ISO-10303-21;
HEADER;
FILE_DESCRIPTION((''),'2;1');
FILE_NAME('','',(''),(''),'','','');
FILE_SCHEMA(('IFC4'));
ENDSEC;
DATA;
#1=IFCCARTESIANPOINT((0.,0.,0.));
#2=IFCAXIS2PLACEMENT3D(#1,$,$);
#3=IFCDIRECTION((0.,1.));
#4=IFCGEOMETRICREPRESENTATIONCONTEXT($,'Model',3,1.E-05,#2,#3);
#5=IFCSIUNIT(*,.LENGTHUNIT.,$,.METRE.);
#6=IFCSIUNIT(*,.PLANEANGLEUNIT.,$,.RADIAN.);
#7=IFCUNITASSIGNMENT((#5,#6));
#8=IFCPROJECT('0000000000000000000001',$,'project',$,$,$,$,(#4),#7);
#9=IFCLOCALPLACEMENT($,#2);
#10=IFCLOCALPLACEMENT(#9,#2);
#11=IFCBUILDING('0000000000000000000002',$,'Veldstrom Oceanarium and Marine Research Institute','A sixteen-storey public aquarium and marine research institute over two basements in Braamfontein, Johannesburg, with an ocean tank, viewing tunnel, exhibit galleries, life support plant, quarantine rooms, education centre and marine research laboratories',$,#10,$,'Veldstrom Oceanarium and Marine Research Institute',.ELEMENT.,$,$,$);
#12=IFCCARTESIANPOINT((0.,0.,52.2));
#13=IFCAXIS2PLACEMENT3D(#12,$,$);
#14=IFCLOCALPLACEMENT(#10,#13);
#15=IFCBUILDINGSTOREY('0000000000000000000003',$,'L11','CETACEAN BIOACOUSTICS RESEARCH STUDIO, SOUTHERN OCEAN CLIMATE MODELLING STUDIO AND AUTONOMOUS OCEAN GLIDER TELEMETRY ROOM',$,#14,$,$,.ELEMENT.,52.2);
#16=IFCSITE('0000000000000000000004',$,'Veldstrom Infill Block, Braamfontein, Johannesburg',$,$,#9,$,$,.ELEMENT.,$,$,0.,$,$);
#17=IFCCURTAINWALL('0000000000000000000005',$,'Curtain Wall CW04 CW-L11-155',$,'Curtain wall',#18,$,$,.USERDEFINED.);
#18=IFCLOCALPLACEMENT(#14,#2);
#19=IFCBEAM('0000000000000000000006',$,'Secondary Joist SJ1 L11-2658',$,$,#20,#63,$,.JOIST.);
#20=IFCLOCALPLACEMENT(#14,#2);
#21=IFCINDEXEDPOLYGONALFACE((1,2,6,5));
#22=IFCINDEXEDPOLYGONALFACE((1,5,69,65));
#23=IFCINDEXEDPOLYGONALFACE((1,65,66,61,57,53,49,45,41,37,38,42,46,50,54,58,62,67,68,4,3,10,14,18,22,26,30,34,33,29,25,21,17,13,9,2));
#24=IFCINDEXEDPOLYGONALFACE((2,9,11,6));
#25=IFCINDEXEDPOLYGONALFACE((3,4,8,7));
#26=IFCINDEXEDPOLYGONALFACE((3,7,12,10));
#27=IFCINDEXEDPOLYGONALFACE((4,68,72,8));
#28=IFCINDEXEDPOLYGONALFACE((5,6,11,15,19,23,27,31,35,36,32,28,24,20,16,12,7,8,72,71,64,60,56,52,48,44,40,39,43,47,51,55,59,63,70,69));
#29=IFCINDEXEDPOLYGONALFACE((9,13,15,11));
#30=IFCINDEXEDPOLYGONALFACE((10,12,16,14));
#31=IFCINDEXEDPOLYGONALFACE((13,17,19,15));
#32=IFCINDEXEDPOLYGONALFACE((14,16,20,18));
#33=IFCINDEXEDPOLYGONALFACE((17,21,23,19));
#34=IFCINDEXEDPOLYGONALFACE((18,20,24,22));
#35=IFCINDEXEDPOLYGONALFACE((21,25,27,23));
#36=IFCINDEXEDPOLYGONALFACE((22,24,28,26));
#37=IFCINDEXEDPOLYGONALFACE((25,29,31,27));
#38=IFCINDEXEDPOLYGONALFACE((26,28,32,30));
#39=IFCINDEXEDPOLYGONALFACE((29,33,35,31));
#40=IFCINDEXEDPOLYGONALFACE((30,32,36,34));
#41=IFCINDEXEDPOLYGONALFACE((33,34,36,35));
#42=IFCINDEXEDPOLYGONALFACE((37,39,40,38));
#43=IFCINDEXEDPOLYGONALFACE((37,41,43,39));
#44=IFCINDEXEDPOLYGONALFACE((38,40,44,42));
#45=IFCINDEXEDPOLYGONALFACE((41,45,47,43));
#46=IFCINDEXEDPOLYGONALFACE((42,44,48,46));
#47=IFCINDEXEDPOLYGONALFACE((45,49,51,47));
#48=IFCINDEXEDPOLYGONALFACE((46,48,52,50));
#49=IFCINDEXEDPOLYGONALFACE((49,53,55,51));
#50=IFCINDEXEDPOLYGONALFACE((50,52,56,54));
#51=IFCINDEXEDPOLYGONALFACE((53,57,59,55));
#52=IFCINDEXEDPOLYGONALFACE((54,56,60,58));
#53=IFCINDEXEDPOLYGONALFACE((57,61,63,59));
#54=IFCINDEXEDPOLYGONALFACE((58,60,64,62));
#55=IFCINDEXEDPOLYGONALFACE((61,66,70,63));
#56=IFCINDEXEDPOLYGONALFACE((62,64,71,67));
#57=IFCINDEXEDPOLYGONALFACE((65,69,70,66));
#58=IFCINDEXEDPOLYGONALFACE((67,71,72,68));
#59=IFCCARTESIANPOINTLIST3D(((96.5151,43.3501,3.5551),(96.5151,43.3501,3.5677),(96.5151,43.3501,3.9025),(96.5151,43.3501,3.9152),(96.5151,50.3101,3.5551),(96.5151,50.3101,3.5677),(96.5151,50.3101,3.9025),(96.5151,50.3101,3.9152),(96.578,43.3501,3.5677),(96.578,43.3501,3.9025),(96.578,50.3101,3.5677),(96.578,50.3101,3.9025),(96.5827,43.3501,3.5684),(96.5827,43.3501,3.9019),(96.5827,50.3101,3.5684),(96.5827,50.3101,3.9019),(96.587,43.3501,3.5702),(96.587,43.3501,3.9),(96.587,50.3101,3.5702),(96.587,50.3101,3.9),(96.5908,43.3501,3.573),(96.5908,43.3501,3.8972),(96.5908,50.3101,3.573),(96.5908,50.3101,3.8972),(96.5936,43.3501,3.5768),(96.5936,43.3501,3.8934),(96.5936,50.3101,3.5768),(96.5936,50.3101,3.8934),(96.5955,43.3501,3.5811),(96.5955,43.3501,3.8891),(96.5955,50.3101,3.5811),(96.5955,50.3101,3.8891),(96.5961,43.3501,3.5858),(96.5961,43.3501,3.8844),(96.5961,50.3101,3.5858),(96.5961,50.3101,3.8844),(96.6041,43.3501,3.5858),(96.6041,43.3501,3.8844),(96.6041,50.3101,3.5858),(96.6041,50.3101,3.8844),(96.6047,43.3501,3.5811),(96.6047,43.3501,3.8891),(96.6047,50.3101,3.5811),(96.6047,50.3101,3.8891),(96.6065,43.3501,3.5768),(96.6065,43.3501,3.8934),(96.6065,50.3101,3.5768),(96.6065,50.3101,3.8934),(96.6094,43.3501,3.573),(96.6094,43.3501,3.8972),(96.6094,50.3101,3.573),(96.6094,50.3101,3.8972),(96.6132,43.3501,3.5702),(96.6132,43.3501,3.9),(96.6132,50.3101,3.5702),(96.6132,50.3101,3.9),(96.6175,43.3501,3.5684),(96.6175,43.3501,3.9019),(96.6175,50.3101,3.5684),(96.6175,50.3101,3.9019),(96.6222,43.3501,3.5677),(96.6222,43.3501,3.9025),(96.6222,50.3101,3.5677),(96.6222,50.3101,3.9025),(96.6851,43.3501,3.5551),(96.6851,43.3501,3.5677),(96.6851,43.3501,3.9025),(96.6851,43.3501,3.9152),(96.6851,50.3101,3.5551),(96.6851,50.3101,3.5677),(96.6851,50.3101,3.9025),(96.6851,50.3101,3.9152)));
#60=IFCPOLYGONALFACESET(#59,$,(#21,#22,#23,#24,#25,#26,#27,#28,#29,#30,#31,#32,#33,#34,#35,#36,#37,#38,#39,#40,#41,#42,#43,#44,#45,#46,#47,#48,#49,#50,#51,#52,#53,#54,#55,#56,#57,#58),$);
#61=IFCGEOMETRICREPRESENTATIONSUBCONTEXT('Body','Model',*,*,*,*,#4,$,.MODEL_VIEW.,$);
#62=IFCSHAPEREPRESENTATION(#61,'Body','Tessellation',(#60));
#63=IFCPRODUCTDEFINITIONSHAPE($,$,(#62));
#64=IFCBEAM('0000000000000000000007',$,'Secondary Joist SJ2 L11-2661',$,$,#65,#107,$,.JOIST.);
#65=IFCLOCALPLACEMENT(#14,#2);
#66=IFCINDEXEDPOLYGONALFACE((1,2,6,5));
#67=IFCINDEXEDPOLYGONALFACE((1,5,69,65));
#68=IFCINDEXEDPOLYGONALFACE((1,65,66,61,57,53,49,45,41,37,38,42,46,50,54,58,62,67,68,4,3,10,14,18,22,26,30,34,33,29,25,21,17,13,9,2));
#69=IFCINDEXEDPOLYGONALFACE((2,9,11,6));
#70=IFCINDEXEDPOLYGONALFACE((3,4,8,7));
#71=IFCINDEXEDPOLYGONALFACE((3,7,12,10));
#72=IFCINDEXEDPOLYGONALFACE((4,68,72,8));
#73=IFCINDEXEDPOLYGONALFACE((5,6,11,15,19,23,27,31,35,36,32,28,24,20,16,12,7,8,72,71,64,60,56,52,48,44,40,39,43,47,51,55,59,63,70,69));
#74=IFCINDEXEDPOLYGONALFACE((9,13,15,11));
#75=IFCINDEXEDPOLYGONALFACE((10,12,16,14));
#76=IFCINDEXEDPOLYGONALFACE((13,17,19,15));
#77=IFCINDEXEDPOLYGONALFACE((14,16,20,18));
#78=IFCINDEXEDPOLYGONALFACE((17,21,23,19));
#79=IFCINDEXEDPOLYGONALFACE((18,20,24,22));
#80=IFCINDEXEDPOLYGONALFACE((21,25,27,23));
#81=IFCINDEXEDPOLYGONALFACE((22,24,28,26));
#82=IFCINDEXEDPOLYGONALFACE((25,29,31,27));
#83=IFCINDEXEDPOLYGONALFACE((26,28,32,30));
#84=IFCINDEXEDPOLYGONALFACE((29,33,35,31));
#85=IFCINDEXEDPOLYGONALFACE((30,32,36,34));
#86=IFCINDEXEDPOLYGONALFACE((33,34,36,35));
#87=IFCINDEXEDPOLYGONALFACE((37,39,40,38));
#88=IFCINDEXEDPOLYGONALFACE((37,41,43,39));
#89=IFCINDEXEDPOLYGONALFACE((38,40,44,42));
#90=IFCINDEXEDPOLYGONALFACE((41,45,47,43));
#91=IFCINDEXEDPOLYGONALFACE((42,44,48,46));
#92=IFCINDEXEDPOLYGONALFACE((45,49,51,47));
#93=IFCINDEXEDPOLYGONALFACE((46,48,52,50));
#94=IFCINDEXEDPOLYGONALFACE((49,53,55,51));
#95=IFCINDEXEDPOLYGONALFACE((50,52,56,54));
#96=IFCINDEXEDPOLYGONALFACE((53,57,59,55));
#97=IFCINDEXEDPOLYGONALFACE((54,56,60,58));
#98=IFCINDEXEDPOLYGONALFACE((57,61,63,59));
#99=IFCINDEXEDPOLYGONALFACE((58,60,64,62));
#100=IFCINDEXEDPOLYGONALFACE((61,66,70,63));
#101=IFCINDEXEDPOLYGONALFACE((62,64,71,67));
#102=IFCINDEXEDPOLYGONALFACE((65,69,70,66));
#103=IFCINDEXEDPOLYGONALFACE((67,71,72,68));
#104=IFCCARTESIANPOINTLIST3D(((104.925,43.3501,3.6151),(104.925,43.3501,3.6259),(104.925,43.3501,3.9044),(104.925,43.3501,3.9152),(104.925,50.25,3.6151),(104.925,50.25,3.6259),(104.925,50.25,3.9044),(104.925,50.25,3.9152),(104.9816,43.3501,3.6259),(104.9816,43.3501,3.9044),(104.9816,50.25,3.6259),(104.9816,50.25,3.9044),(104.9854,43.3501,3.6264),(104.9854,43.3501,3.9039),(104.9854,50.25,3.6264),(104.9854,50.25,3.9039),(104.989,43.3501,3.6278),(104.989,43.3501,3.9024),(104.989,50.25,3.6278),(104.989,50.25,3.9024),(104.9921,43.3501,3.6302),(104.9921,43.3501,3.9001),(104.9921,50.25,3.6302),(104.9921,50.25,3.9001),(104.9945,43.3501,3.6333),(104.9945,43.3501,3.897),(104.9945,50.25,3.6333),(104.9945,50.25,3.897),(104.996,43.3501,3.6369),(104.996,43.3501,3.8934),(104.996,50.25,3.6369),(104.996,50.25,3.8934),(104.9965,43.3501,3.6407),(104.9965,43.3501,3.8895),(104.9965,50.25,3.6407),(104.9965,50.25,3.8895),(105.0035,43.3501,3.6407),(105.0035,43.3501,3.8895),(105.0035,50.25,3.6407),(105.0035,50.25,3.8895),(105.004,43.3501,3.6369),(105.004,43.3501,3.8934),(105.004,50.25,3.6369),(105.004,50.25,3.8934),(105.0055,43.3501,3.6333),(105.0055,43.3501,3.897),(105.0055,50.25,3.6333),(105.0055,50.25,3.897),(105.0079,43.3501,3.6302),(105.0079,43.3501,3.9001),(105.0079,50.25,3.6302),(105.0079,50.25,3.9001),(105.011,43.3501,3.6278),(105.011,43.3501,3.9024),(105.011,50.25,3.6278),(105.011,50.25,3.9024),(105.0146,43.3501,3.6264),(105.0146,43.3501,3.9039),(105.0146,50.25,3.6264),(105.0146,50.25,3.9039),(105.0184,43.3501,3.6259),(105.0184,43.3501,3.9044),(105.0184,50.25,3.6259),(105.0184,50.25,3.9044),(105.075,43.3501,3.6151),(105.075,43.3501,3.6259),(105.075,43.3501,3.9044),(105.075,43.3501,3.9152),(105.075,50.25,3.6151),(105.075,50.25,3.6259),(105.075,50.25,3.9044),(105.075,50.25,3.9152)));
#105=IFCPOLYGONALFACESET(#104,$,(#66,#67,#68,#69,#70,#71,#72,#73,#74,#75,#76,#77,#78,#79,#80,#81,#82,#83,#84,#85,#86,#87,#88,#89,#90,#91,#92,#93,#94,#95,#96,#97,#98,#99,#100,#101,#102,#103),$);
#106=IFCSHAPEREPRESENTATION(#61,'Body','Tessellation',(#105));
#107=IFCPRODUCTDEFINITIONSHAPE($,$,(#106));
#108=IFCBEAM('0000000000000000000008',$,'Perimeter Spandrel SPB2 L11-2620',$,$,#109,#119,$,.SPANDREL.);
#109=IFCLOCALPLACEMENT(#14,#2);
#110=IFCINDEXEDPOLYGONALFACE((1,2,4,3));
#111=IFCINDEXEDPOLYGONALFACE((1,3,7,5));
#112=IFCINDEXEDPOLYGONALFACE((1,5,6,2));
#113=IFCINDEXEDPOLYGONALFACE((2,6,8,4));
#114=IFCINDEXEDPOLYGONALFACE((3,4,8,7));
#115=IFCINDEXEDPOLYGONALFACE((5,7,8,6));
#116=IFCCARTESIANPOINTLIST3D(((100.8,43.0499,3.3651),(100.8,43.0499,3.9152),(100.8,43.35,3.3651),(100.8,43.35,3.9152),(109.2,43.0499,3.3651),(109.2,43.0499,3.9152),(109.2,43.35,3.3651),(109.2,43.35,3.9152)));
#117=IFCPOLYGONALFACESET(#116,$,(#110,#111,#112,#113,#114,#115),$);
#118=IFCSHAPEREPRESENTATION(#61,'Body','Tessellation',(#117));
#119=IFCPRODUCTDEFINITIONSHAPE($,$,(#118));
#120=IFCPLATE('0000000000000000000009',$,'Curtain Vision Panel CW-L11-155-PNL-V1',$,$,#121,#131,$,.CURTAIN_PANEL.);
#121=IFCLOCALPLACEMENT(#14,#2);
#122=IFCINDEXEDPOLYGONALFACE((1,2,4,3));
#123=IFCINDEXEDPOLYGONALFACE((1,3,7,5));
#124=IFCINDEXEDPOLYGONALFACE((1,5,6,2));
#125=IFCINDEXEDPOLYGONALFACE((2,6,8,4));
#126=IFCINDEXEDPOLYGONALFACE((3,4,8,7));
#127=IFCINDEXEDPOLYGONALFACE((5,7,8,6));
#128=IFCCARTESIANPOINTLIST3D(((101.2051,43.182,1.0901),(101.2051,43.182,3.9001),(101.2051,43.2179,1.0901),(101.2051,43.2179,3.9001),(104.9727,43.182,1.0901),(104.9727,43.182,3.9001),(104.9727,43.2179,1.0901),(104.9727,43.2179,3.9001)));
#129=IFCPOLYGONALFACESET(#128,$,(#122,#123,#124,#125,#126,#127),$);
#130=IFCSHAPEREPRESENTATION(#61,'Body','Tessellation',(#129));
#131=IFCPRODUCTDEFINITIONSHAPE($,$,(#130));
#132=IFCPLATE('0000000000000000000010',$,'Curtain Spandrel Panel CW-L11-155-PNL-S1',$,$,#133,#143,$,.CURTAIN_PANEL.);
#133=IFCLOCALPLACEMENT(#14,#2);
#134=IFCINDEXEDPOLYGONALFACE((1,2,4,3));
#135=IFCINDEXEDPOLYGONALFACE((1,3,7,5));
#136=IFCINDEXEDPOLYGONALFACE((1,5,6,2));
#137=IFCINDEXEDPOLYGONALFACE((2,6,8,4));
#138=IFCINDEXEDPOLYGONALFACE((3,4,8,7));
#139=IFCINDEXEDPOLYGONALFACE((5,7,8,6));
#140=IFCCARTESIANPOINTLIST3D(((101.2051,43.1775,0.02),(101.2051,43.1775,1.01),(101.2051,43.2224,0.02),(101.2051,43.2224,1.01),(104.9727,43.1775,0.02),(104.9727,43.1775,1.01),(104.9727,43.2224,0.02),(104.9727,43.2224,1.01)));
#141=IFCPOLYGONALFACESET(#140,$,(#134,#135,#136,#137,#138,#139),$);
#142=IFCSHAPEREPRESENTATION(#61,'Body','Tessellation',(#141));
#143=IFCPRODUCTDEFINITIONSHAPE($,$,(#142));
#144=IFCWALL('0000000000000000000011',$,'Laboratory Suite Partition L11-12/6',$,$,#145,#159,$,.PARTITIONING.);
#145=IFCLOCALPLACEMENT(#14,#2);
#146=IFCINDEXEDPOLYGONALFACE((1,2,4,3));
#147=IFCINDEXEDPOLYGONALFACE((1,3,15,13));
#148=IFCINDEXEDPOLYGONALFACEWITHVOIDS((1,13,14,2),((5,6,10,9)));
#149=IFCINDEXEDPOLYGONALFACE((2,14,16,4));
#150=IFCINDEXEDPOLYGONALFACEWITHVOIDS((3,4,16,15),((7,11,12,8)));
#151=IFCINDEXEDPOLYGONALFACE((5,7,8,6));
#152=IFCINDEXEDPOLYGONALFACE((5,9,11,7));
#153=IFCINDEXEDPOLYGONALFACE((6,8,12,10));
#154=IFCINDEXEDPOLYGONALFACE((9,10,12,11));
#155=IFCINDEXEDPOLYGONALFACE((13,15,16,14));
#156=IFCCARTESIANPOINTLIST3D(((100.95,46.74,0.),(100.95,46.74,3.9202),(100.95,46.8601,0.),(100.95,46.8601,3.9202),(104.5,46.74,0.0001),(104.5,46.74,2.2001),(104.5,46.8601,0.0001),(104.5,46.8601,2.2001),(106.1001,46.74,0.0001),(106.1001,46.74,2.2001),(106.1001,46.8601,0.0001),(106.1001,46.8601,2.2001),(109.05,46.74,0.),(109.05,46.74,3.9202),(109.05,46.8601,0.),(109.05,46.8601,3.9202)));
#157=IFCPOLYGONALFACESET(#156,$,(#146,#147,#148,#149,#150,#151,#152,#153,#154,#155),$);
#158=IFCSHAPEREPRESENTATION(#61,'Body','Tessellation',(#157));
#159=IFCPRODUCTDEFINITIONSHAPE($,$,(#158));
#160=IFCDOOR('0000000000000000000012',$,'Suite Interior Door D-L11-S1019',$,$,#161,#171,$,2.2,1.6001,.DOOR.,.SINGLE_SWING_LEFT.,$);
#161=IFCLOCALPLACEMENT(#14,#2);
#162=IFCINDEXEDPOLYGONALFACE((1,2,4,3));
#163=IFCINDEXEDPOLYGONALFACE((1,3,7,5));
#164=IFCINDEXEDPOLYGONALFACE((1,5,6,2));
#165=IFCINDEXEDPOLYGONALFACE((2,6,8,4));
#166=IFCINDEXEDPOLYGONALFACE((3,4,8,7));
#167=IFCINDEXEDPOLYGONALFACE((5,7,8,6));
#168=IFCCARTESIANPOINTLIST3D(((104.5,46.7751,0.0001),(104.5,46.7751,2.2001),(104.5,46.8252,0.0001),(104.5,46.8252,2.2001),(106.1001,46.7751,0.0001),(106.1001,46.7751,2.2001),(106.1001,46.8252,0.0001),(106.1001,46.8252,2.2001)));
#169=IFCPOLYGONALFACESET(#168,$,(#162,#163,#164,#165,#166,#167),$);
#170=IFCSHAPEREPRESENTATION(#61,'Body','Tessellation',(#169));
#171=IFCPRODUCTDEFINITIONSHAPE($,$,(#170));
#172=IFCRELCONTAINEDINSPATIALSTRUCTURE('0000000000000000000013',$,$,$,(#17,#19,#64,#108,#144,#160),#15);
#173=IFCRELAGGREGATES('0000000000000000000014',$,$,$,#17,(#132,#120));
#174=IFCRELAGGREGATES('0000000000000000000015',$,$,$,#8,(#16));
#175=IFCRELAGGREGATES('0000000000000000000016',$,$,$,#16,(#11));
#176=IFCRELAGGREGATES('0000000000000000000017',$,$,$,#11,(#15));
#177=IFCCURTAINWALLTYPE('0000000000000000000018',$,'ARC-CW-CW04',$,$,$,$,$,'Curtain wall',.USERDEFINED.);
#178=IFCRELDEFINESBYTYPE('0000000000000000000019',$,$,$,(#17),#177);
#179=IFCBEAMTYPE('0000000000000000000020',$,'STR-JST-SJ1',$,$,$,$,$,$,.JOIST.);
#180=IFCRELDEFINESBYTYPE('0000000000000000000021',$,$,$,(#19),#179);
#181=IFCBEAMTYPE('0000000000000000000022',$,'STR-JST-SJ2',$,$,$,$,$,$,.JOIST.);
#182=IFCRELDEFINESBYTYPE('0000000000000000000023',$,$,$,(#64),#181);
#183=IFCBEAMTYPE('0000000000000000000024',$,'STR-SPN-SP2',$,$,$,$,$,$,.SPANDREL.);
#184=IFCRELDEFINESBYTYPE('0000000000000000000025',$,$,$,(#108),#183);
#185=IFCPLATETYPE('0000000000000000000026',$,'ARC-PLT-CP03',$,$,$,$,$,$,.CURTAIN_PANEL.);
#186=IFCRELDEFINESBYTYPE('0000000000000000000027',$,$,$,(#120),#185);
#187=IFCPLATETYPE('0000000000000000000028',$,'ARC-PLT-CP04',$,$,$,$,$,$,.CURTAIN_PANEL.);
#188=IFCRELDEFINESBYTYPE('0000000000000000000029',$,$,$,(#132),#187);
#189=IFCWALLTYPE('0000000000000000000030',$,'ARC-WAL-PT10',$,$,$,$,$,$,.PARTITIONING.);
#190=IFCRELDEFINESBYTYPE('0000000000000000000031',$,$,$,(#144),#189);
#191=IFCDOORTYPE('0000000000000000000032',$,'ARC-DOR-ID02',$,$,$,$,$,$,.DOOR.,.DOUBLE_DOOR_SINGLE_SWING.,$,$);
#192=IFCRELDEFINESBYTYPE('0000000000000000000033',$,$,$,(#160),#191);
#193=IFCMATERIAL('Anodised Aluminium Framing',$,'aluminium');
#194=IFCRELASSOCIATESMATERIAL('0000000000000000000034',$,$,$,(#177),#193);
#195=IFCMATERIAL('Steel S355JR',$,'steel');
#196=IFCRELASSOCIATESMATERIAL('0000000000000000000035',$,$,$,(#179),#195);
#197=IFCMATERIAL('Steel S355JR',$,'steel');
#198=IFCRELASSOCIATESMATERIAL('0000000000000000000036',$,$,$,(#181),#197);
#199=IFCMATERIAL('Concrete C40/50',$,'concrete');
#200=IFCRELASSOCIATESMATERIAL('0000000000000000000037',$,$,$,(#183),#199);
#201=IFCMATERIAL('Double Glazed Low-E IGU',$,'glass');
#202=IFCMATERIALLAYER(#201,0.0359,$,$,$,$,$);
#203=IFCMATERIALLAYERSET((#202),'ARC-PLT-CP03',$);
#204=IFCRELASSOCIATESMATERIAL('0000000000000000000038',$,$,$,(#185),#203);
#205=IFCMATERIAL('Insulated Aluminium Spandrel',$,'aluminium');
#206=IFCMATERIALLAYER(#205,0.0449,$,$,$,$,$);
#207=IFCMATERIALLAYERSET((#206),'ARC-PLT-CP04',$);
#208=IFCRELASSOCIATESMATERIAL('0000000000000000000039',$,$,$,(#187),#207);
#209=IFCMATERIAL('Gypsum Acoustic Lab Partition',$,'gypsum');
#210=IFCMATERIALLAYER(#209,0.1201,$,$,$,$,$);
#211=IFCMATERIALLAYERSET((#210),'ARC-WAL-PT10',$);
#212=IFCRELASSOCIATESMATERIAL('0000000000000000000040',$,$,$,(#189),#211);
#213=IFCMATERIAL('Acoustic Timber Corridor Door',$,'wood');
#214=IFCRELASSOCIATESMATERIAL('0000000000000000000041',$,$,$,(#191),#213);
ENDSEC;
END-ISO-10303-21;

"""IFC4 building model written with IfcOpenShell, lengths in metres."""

from ifc_helpers import new_model, si_unit, direction, frame, frame_2d, origin, origin_2d, place, context, subcontext, project, spatial, rectangle, i_section, extrude, material, layer, layer_set, material_profile, profile_set, type_object, element, fill, aggregate, save


model = new_model("IFC4")

# Units and contexts
model_context = context("Model", 3, precision=1e-05, world=origin(), true_north=direction((0.0, 1.0)))
body_context = subcontext(model_context, "Body", "Model", "MODEL_VIEW")
ifc_project = project(units=[si_unit("LENGTHUNIT", "METRE"), si_unit("PLANEANGLEUNIT", "RADIAN")], contexts=[model_context])

# Site, building, storey
site_placement = place(None, origin())
site = spatial("IfcSite", under=ifc_project, at=site_placement, Name="Veldstrom Infill Block, Braamfontein, Johannesburg", CompositionType="ELEMENT", RefElevation=0.0)
building_placement = place(site_placement, origin())
building = spatial("IfcBuilding", under=site, at=building_placement, Name="Veldstrom Oceanarium and Marine Research Institute", Description="A sixteen-storey public aquarium and marine research institute over two basements in Braamfontein, Johannesburg, with an ocean tank, viewing tunnel, exhibit galleries, life support plant, quarantine rooms, education centre and marine research laboratories", LongName="Veldstrom Oceanarium and Marine Research Institute", CompositionType="ELEMENT")
storey_placement = place(building_placement, frame((0.0, 0.0, 52.2)))
storey = spatial("IfcBuildingStorey", under=building, at=storey_placement, Name="L11", Description="CETACEAN BIOACOUSTICS RESEARCH STUDIO, SOUTHERN OCEAN CLIMATE MODELLING STUDIO AND AUTONOMOUS OCEAN GLIDER TELEMETRY ROOM", CompositionType="ELEMENT", Elevation=52.2)

# Curtain wall
ifc_material_1 = material(Name="Anodised Aluminium Framing", Category="aluminium")
curtain_wall_type = type_object("IfcCurtainWallType", Name="ARC-CW-CW04", ElementType="Curtain wall", PredefinedType="USERDEFINED", material=ifc_material_1)
curtain_wall_placement = place(storey_placement, origin())
curtain_wall = element("IfcCurtainWall", 1, at=curtain_wall_placement, inside=storey, type_object=curtain_wall_type, Name="Curtain Wall CW04 CW-L11-155", ObjectType="Curtain wall", PredefinedType="USERDEFINED")

# Beams
ifc_material_2 = material(Name="Steel S355JR", Category="steel")
ifc_material_profile_1 = material_profile(ifc_material_2, i_section(OverallWidth=0.1699, OverallDepth=0.3601, WebThickness=0.0081, FlangeThickness=0.0127, FilletRadius=0.0181, at=origin_2d()), Name="IPE 360")
ifc_profile_set_1 = profile_set([ifc_material_profile_1], Name="Steel S355JR")
beam_type_1 = type_object("IfcBeamType", Name="STR-JST-SJ1", PredefinedType="JOIST", material=ifc_profile_set_1)
beam_1_placement = place(storey_placement, frame((96.6001, 43.3501, 3.7351), z_axis=(0.0, 1.0, 0.0), x_axis=(-1.0, 0.0, 0.0)))
element("IfcBeam", 2, at=beam_1_placement, inside=storey, type_object=beam_type_1, Name="Secondary Joist SJ1 L11-2658", PredefinedType="JOIST", context=body_context, shape_type="SweptSolid", body=[
    extrude(i_section(OverallWidth=0.1699, OverallDepth=0.3601, WebThickness=0.0081, FlangeThickness=0.0127, FilletRadius=0.0181, at=origin_2d()), origin(), (0.0, 0.0, 1.0), 6.96),
])
ifc_material_3 = material(Name="Steel S355JR", Category="steel")
ifc_material_profile_2 = material_profile(ifc_material_3, i_section(OverallWidth=0.1499, OverallDepth=0.3, WebThickness=0.0071, FlangeThickness=0.0107, FilletRadius=0.0149, at=origin_2d()), Name="IPE 300")
ifc_profile_set_2 = profile_set([ifc_material_profile_2], Name="Steel S355JR")
beam_type_2 = type_object("IfcBeamType", Name="STR-JST-SJ2", PredefinedType="JOIST", material=ifc_profile_set_2)
beam_2_placement = place(storey_placement, frame((105.0, 43.3501, 3.7651), z_axis=(0.0, 1.0, 0.0), x_axis=(-1.0, 0.0, 0.0)))
element("IfcBeam", 3, at=beam_2_placement, inside=storey, type_object=beam_type_2, Name="Secondary Joist SJ2 L11-2661", PredefinedType="JOIST", context=body_context, shape_type="SweptSolid", body=[
    extrude(i_section(OverallWidth=0.1499, OverallDepth=0.3, WebThickness=0.0071, FlangeThickness=0.0107, FilletRadius=0.0149, at=origin_2d()), origin(), (0.0, 0.0, 1.0), 6.8999),
])
ifc_material_4 = material(Name="Concrete C40/50", Category="concrete")
ifc_material_profile_3 = material_profile(ifc_material_4, rectangle(XDim=0.3, YDim=0.55, at=origin_2d()), Name="RC-SPN-300x550")
ifc_profile_set_3 = profile_set([ifc_material_profile_3], Name="Concrete C40/50")
beam_type_3 = type_object("IfcBeamType", Name="STR-SPN-SP2", PredefinedType="SPANDREL", material=ifc_profile_set_3)
beam_3_placement = place(storey_placement, frame((100.8, 43.2, 3.6401), z_axis=(1.0, 0.0, 0.0), x_axis=(0.0, 1.0, 0.0)))
element("IfcBeam", 4, at=beam_3_placement, inside=storey, type_object=beam_type_3, Name="Perimeter Spandrel SPB2 L11-2620", PredefinedType="SPANDREL", context=body_context, shape_type="SweptSolid", body=[
    extrude(rectangle(XDim=0.3, YDim=0.55, at=origin_2d()), origin(), (0.0, 0.0, 1.0), 8.3999),
])

# Plates
ifc_material_5 = material(Name="Double Glazed Low-E IGU", Category="glass")
ifc_layer_1 = layer(ifc_material_5, 0.0359)
ifc_layer_set_1 = layer_set([ifc_layer_1], Name="ARC-PLT-CP03")
plate_type_1 = type_object("IfcPlateType", Name="ARC-PLT-CP03", PredefinedType="CURTAIN_PANEL", material=ifc_layer_set_1)
plate_1_placement = place(storey_placement, frame((103.0889, 43.2, 1.0901), z_axis=(0.0, 0.0, 1.0), x_axis=(1.0, 0.0, 0.0)))
plate_1 = element("IfcPlate", 5, at=plate_1_placement, type_object=plate_type_1, Name="Curtain Vision Panel CW-L11-155-PNL-V1", PredefinedType="CURTAIN_PANEL", context=body_context, shape_type="SweptSolid", body=[
    extrude(rectangle(XDim=3.7676, YDim=0.0359, at=origin_2d()), origin(), (0.0, 0.0, 1.0), 2.8101),
])
ifc_material_6 = material(Name="Insulated Aluminium Spandrel", Category="aluminium")
ifc_layer_2 = layer(ifc_material_6, 0.0449)
ifc_layer_set_2 = layer_set([ifc_layer_2], Name="ARC-PLT-CP04")
plate_type_2 = type_object("IfcPlateType", Name="ARC-PLT-CP04", PredefinedType="CURTAIN_PANEL", material=ifc_layer_set_2)
plate_2_placement = place(storey_placement, frame((103.0889, 43.2, 0.02), z_axis=(0.0, 0.0, 1.0), x_axis=(1.0, 0.0, 0.0)))
plate_2 = element("IfcPlate", 6, at=plate_2_placement, type_object=plate_type_2, Name="Curtain Spandrel Panel CW-L11-155-PNL-S1", PredefinedType="CURTAIN_PANEL", context=body_context, shape_type="SweptSolid", body=[
    extrude(rectangle(XDim=3.7676, YDim=0.0449, at=origin_2d()), origin(), (0.0, 0.0, 1.0), 0.99),
])
aggregate(curtain_wall, [plate_2, plate_1])

# Wall, opening, door
ifc_material_7 = material(Name="Gypsum Acoustic Lab Partition", Category="gypsum")
ifc_layer_3 = layer(ifc_material_7, 0.1201)
ifc_layer_set_3 = layer_set([ifc_layer_3], Name="ARC-WAL-PT10")
wall_type_1 = type_object("IfcWallType", Name="ARC-WAL-PT10", PredefinedType="PARTITIONING", material=ifc_layer_set_3)
wall_1_placement = place(storey_placement, frame((100.95, 46.8, 0.0), z_axis=(0.0, 0.0, 1.0), x_axis=(1.0, 0.0, 0.0)))
wall_1 = element("IfcWall", 7, at=wall_1_placement, inside=storey, type_object=wall_type_1, Name="Laboratory Suite Partition L11-12/6", PredefinedType="PARTITIONING", context=body_context, shape_type="SweptSolid", body=[
    extrude(rectangle(XDim=8.1001, YDim=0.1201, at=frame_2d((4.05, 0.0))), origin(), (0.0, 0.0, 1.0), 3.9202),
])
opening_1_placement = place(wall_1_placement, frame((3.55, 0.0, 0.0)))
opening_1 = element("IfcOpeningElement", 8, at=opening_1_placement, cuts=wall_1, PredefinedType="OPENING", context=body_context, shape_type="SweptSolid", body=[
    extrude(rectangle(XDim=1.6001, YDim=2.2, at=frame_2d((0.8, 1.1001))), frame((0.0, 0.0701, 0.0), z_axis=(0.0, -1.0, 0.0), x_axis=(1.0, 0.0, 0.0)), (0.0, 0.0, 1.0), 0.1401),
])
ifc_material_8 = material(Name="Acoustic Timber Corridor Door", Category="wood")
door_type_1 = type_object("IfcDoorType", Name="ARC-DOR-ID02", OperationType="DOUBLE_DOOR_SINGLE_SWING", PredefinedType="DOOR", material=ifc_material_8)
door_1_placement = place(opening_1_placement, frame((1.6001, 0.0, 0.0), z_axis=(0.0, 0.0, 1.0), x_axis=(-1.0, 0.0, 0.0)))
door_1 = element("IfcDoor", 9, at=door_1_placement, inside=storey, type_object=door_type_1, Name="Suite Interior Door D-L11-S1019", OperationType="SINGLE_SWING_LEFT", OverallHeight=2.2, OverallWidth=1.6001, PredefinedType="DOOR", context=body_context, shape_type="SweptSolid", body=[
    extrude(rectangle(XDim=1.6001, YDim=2.2, at=frame_2d((0.8, 1.1001))), frame((0.0, 0.0249, 0.0), z_axis=(0.0, -1.0, 0.0), x_axis=(1.0, 0.0, 0.0)), (0.0, 0.0, 1.0), 0.05),
])
fill(opening_1, door_1)

save(model, "model.ifc")
